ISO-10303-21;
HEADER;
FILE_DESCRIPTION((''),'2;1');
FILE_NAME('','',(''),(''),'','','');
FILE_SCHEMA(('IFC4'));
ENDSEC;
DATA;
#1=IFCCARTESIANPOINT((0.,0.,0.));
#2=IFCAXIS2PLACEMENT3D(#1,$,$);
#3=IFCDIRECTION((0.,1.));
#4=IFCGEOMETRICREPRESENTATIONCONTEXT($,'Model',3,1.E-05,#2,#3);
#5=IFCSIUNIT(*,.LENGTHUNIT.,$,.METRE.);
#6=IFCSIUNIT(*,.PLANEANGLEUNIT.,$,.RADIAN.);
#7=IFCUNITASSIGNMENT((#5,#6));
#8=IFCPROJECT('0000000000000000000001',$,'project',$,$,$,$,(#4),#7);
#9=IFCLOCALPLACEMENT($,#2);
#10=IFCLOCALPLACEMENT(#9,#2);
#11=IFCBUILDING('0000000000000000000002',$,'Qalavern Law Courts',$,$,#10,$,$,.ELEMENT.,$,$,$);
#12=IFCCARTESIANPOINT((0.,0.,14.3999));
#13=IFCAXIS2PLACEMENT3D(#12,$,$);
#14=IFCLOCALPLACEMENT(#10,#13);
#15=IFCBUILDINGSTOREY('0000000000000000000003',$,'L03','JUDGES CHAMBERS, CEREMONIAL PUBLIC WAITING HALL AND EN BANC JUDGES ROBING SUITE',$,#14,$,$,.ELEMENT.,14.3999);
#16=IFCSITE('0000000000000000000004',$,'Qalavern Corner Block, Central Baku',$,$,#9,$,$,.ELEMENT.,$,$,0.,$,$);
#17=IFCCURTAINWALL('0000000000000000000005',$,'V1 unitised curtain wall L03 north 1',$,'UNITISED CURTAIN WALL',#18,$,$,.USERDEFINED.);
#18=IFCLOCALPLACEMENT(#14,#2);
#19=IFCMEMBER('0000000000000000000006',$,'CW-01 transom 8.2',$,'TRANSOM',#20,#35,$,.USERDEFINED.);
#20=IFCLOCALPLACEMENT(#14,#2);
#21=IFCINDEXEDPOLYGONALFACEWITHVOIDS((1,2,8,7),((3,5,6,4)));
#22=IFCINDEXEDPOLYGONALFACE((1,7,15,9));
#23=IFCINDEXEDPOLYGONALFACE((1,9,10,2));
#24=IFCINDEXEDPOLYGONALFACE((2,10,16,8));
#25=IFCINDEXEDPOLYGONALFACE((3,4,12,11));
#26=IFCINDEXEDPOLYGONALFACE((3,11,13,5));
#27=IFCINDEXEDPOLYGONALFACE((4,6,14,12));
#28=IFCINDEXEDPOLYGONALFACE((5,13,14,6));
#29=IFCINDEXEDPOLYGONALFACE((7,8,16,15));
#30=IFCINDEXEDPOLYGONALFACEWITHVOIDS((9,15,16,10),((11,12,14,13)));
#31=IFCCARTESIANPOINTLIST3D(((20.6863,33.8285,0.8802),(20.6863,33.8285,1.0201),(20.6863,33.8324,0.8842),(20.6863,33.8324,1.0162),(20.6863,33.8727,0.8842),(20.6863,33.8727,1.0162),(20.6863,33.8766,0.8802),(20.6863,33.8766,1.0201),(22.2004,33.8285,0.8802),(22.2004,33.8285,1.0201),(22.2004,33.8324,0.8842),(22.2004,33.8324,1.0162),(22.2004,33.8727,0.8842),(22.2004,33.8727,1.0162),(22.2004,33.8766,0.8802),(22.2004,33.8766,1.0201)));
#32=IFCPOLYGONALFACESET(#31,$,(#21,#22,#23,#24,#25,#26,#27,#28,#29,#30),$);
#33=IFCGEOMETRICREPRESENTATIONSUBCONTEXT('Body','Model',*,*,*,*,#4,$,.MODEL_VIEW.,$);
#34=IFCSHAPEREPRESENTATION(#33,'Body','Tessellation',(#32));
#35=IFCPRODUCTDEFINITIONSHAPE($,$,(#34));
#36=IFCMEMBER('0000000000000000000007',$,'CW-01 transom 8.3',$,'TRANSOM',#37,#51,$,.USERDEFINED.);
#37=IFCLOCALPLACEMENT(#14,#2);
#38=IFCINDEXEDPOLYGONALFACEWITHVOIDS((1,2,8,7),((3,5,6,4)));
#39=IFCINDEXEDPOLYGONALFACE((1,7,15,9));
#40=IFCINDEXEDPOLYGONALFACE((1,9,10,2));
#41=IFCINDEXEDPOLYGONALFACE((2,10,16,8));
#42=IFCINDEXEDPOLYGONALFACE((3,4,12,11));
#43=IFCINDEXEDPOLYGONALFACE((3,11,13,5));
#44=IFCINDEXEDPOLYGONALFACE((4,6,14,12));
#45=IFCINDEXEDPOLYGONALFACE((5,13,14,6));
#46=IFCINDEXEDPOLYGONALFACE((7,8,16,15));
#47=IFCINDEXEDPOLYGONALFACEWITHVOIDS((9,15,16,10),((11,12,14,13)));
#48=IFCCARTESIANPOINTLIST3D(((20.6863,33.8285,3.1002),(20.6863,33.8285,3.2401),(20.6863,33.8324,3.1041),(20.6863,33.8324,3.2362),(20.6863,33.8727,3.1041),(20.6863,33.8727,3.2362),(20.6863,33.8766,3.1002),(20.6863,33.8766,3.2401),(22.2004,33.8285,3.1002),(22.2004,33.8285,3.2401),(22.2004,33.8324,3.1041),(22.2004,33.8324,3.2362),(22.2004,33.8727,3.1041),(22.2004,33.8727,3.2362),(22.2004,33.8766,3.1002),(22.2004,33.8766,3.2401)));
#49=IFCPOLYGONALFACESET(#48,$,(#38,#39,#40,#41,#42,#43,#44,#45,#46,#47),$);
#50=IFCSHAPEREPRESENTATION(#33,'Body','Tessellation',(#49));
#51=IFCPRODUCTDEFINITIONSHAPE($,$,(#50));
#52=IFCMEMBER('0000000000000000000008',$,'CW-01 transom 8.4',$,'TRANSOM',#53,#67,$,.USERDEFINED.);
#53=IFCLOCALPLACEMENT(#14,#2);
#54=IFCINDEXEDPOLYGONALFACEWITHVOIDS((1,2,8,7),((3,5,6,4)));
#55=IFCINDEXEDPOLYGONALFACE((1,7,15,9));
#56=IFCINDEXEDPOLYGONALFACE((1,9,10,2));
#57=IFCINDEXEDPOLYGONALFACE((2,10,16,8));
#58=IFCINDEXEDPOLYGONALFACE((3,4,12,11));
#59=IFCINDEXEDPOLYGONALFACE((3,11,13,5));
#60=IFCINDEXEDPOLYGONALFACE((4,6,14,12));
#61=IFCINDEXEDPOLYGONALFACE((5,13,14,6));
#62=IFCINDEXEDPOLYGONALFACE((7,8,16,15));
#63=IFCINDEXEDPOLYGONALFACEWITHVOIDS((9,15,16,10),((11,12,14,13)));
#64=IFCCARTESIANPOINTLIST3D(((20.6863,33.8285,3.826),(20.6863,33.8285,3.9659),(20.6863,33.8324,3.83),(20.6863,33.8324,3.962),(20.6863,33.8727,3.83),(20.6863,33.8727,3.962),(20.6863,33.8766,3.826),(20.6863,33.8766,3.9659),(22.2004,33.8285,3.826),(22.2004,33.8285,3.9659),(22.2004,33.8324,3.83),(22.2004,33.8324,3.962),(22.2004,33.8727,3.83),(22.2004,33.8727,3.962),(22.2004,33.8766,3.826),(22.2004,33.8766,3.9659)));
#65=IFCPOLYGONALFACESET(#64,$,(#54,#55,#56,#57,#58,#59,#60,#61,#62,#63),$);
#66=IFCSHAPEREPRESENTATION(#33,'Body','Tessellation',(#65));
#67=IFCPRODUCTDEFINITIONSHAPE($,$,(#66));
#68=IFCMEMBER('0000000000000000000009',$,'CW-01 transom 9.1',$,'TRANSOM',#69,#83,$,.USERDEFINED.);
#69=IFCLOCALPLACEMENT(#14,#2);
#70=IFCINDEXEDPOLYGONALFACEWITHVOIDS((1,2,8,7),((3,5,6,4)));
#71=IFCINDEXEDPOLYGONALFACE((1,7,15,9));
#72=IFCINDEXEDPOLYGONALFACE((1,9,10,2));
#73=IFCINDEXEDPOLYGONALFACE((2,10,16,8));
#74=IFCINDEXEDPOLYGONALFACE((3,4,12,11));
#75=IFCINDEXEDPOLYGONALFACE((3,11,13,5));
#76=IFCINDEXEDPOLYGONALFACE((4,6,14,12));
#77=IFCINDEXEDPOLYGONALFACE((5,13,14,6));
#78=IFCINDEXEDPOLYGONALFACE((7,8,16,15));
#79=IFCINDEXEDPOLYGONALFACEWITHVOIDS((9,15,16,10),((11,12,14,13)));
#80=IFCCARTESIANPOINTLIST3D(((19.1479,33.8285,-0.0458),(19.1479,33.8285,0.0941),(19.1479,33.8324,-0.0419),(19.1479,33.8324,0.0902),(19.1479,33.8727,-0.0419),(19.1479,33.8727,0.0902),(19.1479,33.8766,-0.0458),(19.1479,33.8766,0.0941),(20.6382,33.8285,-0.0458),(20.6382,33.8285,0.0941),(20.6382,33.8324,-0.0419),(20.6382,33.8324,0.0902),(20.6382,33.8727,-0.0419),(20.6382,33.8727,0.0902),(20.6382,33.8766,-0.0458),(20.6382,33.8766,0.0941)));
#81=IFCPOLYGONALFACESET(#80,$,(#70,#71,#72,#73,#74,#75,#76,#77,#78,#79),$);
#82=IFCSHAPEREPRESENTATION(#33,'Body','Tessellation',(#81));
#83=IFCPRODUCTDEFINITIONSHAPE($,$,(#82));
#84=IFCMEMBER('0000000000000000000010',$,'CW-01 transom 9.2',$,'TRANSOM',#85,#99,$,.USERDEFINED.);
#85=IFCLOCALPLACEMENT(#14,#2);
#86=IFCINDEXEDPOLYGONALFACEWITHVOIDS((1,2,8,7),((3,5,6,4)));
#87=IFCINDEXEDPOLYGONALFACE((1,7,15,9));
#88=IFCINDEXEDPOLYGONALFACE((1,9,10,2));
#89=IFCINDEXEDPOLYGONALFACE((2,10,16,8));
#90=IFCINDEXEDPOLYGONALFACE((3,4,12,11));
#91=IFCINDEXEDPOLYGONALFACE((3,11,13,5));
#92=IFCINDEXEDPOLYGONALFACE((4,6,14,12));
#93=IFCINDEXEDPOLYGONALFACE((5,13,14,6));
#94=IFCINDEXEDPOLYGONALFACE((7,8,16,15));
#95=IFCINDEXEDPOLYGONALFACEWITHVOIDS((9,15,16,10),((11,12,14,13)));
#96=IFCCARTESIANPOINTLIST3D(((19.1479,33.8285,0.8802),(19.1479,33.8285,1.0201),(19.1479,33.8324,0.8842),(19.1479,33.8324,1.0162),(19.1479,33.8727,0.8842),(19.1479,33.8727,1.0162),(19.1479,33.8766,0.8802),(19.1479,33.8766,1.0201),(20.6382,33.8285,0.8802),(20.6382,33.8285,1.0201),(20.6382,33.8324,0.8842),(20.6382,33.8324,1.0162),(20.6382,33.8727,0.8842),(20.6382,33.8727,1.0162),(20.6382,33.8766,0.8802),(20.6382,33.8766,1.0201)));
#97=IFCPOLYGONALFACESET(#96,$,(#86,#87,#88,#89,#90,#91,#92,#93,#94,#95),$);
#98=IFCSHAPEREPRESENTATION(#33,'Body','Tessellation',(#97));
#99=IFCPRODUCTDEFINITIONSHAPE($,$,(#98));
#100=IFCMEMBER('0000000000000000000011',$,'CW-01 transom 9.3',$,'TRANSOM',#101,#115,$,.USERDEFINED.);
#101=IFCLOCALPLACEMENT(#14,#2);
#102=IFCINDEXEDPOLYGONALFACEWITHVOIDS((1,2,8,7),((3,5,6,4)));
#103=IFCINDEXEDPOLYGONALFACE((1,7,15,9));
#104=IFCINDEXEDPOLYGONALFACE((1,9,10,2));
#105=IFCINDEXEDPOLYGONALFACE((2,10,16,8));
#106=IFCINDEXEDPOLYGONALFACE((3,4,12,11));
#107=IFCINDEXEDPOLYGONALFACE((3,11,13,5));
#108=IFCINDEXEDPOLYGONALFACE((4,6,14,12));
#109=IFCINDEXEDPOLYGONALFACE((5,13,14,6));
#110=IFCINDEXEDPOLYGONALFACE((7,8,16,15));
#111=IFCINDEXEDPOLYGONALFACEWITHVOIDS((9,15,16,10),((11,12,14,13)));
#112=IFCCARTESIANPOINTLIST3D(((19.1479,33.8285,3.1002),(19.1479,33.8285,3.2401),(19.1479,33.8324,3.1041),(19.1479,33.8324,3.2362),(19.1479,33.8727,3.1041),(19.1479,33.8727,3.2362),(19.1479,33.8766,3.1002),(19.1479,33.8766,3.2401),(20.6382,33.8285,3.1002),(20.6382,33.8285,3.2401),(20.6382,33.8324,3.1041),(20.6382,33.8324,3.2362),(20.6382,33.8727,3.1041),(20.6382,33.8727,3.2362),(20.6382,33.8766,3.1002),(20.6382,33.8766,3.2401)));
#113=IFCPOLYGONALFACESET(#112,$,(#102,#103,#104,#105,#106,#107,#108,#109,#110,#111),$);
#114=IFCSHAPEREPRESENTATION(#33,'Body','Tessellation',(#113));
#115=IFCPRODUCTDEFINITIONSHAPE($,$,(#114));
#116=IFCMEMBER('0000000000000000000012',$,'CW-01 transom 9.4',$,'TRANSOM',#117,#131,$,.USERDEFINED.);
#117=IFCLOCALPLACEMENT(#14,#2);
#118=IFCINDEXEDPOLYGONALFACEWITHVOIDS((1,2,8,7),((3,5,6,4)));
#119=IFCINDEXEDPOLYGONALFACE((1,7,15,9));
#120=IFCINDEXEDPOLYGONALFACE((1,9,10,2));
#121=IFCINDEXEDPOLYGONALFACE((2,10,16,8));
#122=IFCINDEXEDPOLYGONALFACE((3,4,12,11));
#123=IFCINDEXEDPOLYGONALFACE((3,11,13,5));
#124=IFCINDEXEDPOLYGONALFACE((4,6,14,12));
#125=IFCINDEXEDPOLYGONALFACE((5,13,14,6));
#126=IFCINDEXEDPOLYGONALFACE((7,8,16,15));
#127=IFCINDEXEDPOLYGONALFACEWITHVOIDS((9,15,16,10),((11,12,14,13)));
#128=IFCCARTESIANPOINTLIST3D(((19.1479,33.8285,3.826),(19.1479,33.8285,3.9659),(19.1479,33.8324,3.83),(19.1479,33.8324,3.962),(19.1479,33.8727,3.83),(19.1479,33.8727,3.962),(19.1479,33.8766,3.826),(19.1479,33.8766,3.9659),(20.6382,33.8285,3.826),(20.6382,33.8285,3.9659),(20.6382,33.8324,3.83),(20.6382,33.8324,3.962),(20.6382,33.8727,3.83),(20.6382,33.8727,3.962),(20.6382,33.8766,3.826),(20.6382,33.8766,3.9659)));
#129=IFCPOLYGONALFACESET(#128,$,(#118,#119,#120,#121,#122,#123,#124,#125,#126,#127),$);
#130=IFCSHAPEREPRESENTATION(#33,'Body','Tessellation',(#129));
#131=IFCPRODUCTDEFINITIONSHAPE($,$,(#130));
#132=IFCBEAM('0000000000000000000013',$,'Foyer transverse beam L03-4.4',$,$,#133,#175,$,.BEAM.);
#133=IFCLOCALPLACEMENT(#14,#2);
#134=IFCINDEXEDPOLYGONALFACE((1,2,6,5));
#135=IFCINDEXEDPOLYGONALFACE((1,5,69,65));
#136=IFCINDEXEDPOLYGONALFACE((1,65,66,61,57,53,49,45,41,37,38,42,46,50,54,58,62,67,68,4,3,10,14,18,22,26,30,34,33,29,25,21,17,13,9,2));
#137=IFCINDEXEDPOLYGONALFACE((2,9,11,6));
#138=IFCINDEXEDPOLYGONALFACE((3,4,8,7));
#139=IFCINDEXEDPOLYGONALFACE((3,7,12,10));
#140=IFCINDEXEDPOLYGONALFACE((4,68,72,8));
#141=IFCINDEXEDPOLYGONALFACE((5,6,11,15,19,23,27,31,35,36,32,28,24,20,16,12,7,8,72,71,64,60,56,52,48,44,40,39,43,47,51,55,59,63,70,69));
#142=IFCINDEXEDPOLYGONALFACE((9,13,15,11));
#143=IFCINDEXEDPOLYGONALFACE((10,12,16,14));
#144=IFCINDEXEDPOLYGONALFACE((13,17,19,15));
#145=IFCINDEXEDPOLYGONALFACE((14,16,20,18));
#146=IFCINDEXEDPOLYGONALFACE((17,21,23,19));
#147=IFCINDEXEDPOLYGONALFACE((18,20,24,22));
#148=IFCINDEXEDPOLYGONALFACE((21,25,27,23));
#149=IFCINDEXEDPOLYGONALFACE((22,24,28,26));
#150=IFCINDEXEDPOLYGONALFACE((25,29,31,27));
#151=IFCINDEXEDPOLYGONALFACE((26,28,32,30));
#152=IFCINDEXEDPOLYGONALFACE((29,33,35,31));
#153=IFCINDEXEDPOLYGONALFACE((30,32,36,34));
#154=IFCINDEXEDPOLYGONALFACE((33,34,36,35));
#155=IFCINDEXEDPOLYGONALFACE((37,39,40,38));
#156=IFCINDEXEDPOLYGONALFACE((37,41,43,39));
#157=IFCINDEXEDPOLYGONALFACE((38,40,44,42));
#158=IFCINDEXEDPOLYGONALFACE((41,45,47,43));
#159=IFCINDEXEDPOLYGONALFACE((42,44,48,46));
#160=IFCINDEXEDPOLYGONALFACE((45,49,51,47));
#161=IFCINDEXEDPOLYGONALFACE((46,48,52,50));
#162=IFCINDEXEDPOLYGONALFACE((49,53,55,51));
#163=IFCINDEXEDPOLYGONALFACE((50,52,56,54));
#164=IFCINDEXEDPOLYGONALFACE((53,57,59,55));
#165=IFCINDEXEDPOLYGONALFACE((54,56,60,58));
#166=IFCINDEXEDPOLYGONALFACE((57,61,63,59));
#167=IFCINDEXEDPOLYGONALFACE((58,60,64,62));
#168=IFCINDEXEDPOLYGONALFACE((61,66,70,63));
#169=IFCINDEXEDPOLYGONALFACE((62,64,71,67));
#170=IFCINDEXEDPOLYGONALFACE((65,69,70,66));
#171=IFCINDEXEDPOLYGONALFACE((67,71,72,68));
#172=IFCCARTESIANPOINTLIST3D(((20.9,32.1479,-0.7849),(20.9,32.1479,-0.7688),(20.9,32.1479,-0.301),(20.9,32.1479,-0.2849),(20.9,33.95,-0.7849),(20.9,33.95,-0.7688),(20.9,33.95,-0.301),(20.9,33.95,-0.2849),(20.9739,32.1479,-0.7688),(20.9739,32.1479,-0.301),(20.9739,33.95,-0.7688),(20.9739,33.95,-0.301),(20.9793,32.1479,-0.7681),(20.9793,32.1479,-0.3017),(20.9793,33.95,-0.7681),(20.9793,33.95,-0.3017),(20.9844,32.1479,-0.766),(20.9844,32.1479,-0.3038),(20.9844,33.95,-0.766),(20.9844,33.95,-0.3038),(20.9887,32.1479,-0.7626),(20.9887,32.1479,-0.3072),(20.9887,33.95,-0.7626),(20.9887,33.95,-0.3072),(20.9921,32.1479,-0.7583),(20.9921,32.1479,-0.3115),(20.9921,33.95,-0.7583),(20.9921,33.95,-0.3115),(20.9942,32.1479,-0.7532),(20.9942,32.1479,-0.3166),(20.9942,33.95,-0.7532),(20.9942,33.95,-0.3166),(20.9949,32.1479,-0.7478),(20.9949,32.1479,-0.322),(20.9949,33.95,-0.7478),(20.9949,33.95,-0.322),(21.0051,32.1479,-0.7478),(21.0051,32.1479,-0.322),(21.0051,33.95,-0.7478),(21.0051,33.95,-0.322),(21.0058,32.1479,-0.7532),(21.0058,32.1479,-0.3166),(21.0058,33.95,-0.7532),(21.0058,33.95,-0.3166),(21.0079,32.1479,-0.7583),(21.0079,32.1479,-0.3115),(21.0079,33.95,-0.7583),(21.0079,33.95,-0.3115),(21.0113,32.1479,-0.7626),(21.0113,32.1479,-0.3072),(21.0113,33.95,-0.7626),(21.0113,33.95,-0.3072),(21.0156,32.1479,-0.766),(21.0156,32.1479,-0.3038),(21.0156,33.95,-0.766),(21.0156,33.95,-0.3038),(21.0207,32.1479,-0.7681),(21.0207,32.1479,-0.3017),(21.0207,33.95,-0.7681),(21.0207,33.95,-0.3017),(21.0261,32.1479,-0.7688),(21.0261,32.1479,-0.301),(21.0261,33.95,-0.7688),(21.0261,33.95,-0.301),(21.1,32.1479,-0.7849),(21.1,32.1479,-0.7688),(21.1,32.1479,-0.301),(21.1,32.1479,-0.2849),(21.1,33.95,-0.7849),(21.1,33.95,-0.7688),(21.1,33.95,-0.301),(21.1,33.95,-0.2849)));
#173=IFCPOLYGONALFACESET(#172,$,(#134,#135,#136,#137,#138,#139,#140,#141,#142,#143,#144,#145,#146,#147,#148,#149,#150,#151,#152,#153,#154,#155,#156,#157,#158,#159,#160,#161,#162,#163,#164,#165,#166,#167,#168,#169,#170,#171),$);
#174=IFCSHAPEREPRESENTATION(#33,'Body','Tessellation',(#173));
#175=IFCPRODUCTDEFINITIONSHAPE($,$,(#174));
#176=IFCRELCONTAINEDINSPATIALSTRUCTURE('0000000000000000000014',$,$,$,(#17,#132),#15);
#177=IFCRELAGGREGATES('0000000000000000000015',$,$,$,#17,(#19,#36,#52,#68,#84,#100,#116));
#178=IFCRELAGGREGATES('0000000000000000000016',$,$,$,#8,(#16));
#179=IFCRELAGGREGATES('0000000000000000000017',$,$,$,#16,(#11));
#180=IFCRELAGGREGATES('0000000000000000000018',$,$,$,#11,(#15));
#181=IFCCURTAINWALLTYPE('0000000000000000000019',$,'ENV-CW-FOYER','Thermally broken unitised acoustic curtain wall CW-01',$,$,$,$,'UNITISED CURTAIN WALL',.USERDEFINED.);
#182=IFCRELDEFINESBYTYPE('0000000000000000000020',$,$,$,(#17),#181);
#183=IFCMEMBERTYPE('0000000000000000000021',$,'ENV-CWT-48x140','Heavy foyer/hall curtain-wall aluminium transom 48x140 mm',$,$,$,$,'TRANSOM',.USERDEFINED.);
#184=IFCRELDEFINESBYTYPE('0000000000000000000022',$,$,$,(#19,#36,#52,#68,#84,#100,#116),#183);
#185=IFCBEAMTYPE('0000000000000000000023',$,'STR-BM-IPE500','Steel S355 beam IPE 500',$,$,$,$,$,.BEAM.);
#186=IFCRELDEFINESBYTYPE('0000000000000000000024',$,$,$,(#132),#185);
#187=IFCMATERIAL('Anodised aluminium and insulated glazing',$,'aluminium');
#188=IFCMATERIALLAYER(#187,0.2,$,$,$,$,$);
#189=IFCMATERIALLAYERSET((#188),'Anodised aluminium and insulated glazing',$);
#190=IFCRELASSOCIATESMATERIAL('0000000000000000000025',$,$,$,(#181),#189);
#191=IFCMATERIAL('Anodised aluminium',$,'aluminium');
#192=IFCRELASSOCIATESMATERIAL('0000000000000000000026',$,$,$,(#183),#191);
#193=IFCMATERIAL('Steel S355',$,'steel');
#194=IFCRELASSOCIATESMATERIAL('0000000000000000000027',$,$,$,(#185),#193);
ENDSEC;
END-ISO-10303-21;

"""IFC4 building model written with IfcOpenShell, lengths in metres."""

from ifc_helpers import new_model, si_unit, direction, frame, origin, origin_2d, place, context, subcontext, project, spatial, hollow_rectangle, i_section, extrude, material, layer, layer_set, material_profile, profile_set, type_object, element, aggregate, save


model = new_model("IFC4")

# Units and contexts
model_context = context("Model", 3, precision=1e-05, world=origin(), true_north=direction((0.0, 1.0)))
body_context = subcontext(model_context, "Body", "Model", "MODEL_VIEW")
ifc_project = project(units=[si_unit("LENGTHUNIT", "METRE"), si_unit("PLANEANGLEUNIT", "RADIAN")], contexts=[model_context])

# Site, building, storey
site_placement = place(None, origin())
site = spatial("IfcSite", under=ifc_project, at=site_placement, Name="Qalavern Corner Block, Central Baku", CompositionType="ELEMENT", RefElevation=0.0)
building_placement = place(site_placement, origin())
building = spatial("IfcBuilding", under=site, at=building_placement, Name="Qalavern Law Courts", CompositionType="ELEMENT")
storey_placement = place(building_placement, frame((0.0, 0.0, 14.3999)))
storey = spatial("IfcBuildingStorey", under=building, at=storey_placement, Name="L03", Description="JUDGES CHAMBERS, CEREMONIAL PUBLIC WAITING HALL AND EN BANC JUDGES ROBING SUITE", CompositionType="ELEMENT", Elevation=14.3999)

# Shared definitions
ifc_material_1 = material(Name="Anodised aluminium and insulated glazing", Category="aluminium")
ifc_material_2 = material(Name="Anodised aluminium", Category="aluminium")

# Curtain wall
ifc_layer_1 = layer(ifc_material_1, 0.2)
ifc_layer_set_1 = layer_set([ifc_layer_1], Name="Anodised aluminium and insulated glazing")
curtain_wall_type_1 = type_object("IfcCurtainWallType", Name="ENV-CW-FOYER", Description="Thermally broken unitised acoustic curtain wall CW-01", ElementType="UNITISED CURTAIN WALL", PredefinedType="USERDEFINED", material=ifc_layer_set_1)
curtain_wall_1_placement = place(storey_placement, origin())
curtain_wall_1 = element("IfcCurtainWall", 1, at=curtain_wall_1_placement, inside=storey, type_object=curtain_wall_type_1, Name="V1 unitised curtain wall L03 north 1", ObjectType="UNITISED CURTAIN WALL", PredefinedType="USERDEFINED")

# Members
ifc_material_profile_1 = material_profile(ifc_material_2, hollow_rectangle(XDim=0.0481, YDim=0.1399, WallThickness=0.0039, at=origin_2d()), Name="ALU TRANSOM 48x140")
ifc_profile_set_1 = profile_set([ifc_material_profile_1], Name="Anodised aluminium")
member_type_1 = type_object("IfcMemberType", Name="ENV-CWT-48x140", Description="Heavy foyer/hall curtain-wall aluminium transom 48x140 mm", ElementType="TRANSOM", PredefinedType="USERDEFINED", material=ifc_profile_set_1)
member_1_placement = place(storey_placement, frame((22.2004, 33.8525, 0.9502), z_axis=(-1.0, 0.0, 0.0), x_axis=(0.0, -1.0, 0.0)))
member_1 = element("IfcMember", 2, at=member_1_placement, type_object=member_type_1, Name="CW-01 transom 8.2", ObjectType="TRANSOM", PredefinedType="USERDEFINED", context=body_context, shape_type="SweptSolid", body=[
    extrude(hollow_rectangle(XDim=0.0481, YDim=0.1399, WallThickness=0.0039, at=origin_2d()), origin(), (0.0, 0.0, 1.0), 1.5142),
])
member_2_placement = place(storey_placement, frame((22.2004, 33.8525, 3.1702), z_axis=(-1.0, 0.0, 0.0), x_axis=(0.0, -1.0, 0.0)))
member_2 = element("IfcMember", 3, at=member_2_placement, type_object=member_type_1, Name="CW-01 transom 8.3", ObjectType="TRANSOM", PredefinedType="USERDEFINED", context=body_context, shape_type="SweptSolid", body=[
    extrude(hollow_rectangle(XDim=0.0481, YDim=0.1399, WallThickness=0.0039, at=origin_2d()), origin(), (0.0, 0.0, 1.0), 1.5142),
])
member_3_placement = place(storey_placement, frame((22.2004, 33.8525, 3.896), z_axis=(-1.0, 0.0, 0.0), x_axis=(0.0, -1.0, 0.0)))
member_3 = element("IfcMember", 4, at=member_3_placement, type_object=member_type_1, Name="CW-01 transom 8.4", ObjectType="TRANSOM", PredefinedType="USERDEFINED", context=body_context, shape_type="SweptSolid", body=[
    extrude(hollow_rectangle(XDim=0.0481, YDim=0.1399, WallThickness=0.0039, at=origin_2d()), origin(), (0.0, 0.0, 1.0), 1.5142),
])
member_4_placement = place(storey_placement, frame((20.6382, 33.8525, 0.0242), z_axis=(-1.0, 0.0, 0.0), x_axis=(0.0, -1.0, 0.0)))
member_4 = element("IfcMember", 5, at=member_4_placement, type_object=member_type_1, Name="CW-01 transom 9.1", ObjectType="TRANSOM", PredefinedType="USERDEFINED", context=body_context, shape_type="SweptSolid", body=[
    extrude(hollow_rectangle(XDim=0.0481, YDim=0.1399, WallThickness=0.0039, at=origin_2d()), origin(), (0.0, 0.0, 1.0), 1.4902),
])
member_5_placement = place(storey_placement, frame((20.6382, 33.8525, 0.9502), z_axis=(-1.0, 0.0, 0.0), x_axis=(0.0, -1.0, 0.0)))
member_5 = element("IfcMember", 6, at=member_5_placement, type_object=member_type_1, Name="CW-01 transom 9.2", ObjectType="TRANSOM", PredefinedType="USERDEFINED", context=body_context, shape_type="SweptSolid", body=[
    extrude(hollow_rectangle(XDim=0.0481, YDim=0.1399, WallThickness=0.0039, at=origin_2d()), origin(), (0.0, 0.0, 1.0), 1.4902),
])
member_6_placement = place(storey_placement, frame((20.6382, 33.8525, 3.1702), z_axis=(-1.0, 0.0, 0.0), x_axis=(0.0, -1.0, 0.0)))
member_6 = element("IfcMember", 7, at=member_6_placement, type_object=member_type_1, Name="CW-01 transom 9.3", ObjectType="TRANSOM", PredefinedType="USERDEFINED", context=body_context, shape_type="SweptSolid", body=[
    extrude(hollow_rectangle(XDim=0.0481, YDim=0.1399, WallThickness=0.0039, at=origin_2d()), origin(), (0.0, 0.0, 1.0), 1.4902),
])
member_7_placement = place(storey_placement, frame((20.6382, 33.8525, 3.896), z_axis=(-1.0, 0.0, 0.0), x_axis=(0.0, -1.0, 0.0)))
member_7 = element("IfcMember", 8, at=member_7_placement, type_object=member_type_1, Name="CW-01 transom 9.4", ObjectType="TRANSOM", PredefinedType="USERDEFINED", context=body_context, shape_type="SweptSolid", body=[
    extrude(hollow_rectangle(XDim=0.0481, YDim=0.1399, WallThickness=0.0039, at=origin_2d()), origin(), (0.0, 0.0, 1.0), 1.4902),
])

# Beam
ifc_material_3 = material(Name="Steel S355", Category="steel")
ifc_material_profile_2 = material_profile(ifc_material_3, i_section(OverallWidth=0.2, OverallDepth=0.5, WebThickness=0.0103, FlangeThickness=0.0161, FilletRadius=0.021, at=origin_2d()), Name="IPE 500")
ifc_profile_set_2 = profile_set([ifc_material_profile_2], Name="Steel S355")
beam_type_1 = type_object("IfcBeamType", Name="STR-BM-IPE500", Description="Steel S355 beam IPE 500", PredefinedType="BEAM", material=ifc_profile_set_2)
beam_1_placement = place(storey_placement, frame((21.0, 32.1479, -0.5349), z_axis=(0.0, 1.0, 0.0), x_axis=(-1.0, 0.0, 0.0)))
element("IfcBeam", 9, at=beam_1_placement, inside=storey, type_object=beam_type_1, Name="Foyer transverse beam L03-4.4", PredefinedType="BEAM", context=body_context, shape_type="SweptSolid", body=[
    extrude(i_section(OverallWidth=0.2, OverallDepth=0.5, WebThickness=0.0103, FlangeThickness=0.0161, FilletRadius=0.021, at=origin_2d()), origin(), (0.0, 0.0, 1.0), 1.802),
])

aggregate(curtain_wall_1, [member_1, member_2, member_3, member_4, member_5, member_6, member_7])

save(model, "model.ifc")
